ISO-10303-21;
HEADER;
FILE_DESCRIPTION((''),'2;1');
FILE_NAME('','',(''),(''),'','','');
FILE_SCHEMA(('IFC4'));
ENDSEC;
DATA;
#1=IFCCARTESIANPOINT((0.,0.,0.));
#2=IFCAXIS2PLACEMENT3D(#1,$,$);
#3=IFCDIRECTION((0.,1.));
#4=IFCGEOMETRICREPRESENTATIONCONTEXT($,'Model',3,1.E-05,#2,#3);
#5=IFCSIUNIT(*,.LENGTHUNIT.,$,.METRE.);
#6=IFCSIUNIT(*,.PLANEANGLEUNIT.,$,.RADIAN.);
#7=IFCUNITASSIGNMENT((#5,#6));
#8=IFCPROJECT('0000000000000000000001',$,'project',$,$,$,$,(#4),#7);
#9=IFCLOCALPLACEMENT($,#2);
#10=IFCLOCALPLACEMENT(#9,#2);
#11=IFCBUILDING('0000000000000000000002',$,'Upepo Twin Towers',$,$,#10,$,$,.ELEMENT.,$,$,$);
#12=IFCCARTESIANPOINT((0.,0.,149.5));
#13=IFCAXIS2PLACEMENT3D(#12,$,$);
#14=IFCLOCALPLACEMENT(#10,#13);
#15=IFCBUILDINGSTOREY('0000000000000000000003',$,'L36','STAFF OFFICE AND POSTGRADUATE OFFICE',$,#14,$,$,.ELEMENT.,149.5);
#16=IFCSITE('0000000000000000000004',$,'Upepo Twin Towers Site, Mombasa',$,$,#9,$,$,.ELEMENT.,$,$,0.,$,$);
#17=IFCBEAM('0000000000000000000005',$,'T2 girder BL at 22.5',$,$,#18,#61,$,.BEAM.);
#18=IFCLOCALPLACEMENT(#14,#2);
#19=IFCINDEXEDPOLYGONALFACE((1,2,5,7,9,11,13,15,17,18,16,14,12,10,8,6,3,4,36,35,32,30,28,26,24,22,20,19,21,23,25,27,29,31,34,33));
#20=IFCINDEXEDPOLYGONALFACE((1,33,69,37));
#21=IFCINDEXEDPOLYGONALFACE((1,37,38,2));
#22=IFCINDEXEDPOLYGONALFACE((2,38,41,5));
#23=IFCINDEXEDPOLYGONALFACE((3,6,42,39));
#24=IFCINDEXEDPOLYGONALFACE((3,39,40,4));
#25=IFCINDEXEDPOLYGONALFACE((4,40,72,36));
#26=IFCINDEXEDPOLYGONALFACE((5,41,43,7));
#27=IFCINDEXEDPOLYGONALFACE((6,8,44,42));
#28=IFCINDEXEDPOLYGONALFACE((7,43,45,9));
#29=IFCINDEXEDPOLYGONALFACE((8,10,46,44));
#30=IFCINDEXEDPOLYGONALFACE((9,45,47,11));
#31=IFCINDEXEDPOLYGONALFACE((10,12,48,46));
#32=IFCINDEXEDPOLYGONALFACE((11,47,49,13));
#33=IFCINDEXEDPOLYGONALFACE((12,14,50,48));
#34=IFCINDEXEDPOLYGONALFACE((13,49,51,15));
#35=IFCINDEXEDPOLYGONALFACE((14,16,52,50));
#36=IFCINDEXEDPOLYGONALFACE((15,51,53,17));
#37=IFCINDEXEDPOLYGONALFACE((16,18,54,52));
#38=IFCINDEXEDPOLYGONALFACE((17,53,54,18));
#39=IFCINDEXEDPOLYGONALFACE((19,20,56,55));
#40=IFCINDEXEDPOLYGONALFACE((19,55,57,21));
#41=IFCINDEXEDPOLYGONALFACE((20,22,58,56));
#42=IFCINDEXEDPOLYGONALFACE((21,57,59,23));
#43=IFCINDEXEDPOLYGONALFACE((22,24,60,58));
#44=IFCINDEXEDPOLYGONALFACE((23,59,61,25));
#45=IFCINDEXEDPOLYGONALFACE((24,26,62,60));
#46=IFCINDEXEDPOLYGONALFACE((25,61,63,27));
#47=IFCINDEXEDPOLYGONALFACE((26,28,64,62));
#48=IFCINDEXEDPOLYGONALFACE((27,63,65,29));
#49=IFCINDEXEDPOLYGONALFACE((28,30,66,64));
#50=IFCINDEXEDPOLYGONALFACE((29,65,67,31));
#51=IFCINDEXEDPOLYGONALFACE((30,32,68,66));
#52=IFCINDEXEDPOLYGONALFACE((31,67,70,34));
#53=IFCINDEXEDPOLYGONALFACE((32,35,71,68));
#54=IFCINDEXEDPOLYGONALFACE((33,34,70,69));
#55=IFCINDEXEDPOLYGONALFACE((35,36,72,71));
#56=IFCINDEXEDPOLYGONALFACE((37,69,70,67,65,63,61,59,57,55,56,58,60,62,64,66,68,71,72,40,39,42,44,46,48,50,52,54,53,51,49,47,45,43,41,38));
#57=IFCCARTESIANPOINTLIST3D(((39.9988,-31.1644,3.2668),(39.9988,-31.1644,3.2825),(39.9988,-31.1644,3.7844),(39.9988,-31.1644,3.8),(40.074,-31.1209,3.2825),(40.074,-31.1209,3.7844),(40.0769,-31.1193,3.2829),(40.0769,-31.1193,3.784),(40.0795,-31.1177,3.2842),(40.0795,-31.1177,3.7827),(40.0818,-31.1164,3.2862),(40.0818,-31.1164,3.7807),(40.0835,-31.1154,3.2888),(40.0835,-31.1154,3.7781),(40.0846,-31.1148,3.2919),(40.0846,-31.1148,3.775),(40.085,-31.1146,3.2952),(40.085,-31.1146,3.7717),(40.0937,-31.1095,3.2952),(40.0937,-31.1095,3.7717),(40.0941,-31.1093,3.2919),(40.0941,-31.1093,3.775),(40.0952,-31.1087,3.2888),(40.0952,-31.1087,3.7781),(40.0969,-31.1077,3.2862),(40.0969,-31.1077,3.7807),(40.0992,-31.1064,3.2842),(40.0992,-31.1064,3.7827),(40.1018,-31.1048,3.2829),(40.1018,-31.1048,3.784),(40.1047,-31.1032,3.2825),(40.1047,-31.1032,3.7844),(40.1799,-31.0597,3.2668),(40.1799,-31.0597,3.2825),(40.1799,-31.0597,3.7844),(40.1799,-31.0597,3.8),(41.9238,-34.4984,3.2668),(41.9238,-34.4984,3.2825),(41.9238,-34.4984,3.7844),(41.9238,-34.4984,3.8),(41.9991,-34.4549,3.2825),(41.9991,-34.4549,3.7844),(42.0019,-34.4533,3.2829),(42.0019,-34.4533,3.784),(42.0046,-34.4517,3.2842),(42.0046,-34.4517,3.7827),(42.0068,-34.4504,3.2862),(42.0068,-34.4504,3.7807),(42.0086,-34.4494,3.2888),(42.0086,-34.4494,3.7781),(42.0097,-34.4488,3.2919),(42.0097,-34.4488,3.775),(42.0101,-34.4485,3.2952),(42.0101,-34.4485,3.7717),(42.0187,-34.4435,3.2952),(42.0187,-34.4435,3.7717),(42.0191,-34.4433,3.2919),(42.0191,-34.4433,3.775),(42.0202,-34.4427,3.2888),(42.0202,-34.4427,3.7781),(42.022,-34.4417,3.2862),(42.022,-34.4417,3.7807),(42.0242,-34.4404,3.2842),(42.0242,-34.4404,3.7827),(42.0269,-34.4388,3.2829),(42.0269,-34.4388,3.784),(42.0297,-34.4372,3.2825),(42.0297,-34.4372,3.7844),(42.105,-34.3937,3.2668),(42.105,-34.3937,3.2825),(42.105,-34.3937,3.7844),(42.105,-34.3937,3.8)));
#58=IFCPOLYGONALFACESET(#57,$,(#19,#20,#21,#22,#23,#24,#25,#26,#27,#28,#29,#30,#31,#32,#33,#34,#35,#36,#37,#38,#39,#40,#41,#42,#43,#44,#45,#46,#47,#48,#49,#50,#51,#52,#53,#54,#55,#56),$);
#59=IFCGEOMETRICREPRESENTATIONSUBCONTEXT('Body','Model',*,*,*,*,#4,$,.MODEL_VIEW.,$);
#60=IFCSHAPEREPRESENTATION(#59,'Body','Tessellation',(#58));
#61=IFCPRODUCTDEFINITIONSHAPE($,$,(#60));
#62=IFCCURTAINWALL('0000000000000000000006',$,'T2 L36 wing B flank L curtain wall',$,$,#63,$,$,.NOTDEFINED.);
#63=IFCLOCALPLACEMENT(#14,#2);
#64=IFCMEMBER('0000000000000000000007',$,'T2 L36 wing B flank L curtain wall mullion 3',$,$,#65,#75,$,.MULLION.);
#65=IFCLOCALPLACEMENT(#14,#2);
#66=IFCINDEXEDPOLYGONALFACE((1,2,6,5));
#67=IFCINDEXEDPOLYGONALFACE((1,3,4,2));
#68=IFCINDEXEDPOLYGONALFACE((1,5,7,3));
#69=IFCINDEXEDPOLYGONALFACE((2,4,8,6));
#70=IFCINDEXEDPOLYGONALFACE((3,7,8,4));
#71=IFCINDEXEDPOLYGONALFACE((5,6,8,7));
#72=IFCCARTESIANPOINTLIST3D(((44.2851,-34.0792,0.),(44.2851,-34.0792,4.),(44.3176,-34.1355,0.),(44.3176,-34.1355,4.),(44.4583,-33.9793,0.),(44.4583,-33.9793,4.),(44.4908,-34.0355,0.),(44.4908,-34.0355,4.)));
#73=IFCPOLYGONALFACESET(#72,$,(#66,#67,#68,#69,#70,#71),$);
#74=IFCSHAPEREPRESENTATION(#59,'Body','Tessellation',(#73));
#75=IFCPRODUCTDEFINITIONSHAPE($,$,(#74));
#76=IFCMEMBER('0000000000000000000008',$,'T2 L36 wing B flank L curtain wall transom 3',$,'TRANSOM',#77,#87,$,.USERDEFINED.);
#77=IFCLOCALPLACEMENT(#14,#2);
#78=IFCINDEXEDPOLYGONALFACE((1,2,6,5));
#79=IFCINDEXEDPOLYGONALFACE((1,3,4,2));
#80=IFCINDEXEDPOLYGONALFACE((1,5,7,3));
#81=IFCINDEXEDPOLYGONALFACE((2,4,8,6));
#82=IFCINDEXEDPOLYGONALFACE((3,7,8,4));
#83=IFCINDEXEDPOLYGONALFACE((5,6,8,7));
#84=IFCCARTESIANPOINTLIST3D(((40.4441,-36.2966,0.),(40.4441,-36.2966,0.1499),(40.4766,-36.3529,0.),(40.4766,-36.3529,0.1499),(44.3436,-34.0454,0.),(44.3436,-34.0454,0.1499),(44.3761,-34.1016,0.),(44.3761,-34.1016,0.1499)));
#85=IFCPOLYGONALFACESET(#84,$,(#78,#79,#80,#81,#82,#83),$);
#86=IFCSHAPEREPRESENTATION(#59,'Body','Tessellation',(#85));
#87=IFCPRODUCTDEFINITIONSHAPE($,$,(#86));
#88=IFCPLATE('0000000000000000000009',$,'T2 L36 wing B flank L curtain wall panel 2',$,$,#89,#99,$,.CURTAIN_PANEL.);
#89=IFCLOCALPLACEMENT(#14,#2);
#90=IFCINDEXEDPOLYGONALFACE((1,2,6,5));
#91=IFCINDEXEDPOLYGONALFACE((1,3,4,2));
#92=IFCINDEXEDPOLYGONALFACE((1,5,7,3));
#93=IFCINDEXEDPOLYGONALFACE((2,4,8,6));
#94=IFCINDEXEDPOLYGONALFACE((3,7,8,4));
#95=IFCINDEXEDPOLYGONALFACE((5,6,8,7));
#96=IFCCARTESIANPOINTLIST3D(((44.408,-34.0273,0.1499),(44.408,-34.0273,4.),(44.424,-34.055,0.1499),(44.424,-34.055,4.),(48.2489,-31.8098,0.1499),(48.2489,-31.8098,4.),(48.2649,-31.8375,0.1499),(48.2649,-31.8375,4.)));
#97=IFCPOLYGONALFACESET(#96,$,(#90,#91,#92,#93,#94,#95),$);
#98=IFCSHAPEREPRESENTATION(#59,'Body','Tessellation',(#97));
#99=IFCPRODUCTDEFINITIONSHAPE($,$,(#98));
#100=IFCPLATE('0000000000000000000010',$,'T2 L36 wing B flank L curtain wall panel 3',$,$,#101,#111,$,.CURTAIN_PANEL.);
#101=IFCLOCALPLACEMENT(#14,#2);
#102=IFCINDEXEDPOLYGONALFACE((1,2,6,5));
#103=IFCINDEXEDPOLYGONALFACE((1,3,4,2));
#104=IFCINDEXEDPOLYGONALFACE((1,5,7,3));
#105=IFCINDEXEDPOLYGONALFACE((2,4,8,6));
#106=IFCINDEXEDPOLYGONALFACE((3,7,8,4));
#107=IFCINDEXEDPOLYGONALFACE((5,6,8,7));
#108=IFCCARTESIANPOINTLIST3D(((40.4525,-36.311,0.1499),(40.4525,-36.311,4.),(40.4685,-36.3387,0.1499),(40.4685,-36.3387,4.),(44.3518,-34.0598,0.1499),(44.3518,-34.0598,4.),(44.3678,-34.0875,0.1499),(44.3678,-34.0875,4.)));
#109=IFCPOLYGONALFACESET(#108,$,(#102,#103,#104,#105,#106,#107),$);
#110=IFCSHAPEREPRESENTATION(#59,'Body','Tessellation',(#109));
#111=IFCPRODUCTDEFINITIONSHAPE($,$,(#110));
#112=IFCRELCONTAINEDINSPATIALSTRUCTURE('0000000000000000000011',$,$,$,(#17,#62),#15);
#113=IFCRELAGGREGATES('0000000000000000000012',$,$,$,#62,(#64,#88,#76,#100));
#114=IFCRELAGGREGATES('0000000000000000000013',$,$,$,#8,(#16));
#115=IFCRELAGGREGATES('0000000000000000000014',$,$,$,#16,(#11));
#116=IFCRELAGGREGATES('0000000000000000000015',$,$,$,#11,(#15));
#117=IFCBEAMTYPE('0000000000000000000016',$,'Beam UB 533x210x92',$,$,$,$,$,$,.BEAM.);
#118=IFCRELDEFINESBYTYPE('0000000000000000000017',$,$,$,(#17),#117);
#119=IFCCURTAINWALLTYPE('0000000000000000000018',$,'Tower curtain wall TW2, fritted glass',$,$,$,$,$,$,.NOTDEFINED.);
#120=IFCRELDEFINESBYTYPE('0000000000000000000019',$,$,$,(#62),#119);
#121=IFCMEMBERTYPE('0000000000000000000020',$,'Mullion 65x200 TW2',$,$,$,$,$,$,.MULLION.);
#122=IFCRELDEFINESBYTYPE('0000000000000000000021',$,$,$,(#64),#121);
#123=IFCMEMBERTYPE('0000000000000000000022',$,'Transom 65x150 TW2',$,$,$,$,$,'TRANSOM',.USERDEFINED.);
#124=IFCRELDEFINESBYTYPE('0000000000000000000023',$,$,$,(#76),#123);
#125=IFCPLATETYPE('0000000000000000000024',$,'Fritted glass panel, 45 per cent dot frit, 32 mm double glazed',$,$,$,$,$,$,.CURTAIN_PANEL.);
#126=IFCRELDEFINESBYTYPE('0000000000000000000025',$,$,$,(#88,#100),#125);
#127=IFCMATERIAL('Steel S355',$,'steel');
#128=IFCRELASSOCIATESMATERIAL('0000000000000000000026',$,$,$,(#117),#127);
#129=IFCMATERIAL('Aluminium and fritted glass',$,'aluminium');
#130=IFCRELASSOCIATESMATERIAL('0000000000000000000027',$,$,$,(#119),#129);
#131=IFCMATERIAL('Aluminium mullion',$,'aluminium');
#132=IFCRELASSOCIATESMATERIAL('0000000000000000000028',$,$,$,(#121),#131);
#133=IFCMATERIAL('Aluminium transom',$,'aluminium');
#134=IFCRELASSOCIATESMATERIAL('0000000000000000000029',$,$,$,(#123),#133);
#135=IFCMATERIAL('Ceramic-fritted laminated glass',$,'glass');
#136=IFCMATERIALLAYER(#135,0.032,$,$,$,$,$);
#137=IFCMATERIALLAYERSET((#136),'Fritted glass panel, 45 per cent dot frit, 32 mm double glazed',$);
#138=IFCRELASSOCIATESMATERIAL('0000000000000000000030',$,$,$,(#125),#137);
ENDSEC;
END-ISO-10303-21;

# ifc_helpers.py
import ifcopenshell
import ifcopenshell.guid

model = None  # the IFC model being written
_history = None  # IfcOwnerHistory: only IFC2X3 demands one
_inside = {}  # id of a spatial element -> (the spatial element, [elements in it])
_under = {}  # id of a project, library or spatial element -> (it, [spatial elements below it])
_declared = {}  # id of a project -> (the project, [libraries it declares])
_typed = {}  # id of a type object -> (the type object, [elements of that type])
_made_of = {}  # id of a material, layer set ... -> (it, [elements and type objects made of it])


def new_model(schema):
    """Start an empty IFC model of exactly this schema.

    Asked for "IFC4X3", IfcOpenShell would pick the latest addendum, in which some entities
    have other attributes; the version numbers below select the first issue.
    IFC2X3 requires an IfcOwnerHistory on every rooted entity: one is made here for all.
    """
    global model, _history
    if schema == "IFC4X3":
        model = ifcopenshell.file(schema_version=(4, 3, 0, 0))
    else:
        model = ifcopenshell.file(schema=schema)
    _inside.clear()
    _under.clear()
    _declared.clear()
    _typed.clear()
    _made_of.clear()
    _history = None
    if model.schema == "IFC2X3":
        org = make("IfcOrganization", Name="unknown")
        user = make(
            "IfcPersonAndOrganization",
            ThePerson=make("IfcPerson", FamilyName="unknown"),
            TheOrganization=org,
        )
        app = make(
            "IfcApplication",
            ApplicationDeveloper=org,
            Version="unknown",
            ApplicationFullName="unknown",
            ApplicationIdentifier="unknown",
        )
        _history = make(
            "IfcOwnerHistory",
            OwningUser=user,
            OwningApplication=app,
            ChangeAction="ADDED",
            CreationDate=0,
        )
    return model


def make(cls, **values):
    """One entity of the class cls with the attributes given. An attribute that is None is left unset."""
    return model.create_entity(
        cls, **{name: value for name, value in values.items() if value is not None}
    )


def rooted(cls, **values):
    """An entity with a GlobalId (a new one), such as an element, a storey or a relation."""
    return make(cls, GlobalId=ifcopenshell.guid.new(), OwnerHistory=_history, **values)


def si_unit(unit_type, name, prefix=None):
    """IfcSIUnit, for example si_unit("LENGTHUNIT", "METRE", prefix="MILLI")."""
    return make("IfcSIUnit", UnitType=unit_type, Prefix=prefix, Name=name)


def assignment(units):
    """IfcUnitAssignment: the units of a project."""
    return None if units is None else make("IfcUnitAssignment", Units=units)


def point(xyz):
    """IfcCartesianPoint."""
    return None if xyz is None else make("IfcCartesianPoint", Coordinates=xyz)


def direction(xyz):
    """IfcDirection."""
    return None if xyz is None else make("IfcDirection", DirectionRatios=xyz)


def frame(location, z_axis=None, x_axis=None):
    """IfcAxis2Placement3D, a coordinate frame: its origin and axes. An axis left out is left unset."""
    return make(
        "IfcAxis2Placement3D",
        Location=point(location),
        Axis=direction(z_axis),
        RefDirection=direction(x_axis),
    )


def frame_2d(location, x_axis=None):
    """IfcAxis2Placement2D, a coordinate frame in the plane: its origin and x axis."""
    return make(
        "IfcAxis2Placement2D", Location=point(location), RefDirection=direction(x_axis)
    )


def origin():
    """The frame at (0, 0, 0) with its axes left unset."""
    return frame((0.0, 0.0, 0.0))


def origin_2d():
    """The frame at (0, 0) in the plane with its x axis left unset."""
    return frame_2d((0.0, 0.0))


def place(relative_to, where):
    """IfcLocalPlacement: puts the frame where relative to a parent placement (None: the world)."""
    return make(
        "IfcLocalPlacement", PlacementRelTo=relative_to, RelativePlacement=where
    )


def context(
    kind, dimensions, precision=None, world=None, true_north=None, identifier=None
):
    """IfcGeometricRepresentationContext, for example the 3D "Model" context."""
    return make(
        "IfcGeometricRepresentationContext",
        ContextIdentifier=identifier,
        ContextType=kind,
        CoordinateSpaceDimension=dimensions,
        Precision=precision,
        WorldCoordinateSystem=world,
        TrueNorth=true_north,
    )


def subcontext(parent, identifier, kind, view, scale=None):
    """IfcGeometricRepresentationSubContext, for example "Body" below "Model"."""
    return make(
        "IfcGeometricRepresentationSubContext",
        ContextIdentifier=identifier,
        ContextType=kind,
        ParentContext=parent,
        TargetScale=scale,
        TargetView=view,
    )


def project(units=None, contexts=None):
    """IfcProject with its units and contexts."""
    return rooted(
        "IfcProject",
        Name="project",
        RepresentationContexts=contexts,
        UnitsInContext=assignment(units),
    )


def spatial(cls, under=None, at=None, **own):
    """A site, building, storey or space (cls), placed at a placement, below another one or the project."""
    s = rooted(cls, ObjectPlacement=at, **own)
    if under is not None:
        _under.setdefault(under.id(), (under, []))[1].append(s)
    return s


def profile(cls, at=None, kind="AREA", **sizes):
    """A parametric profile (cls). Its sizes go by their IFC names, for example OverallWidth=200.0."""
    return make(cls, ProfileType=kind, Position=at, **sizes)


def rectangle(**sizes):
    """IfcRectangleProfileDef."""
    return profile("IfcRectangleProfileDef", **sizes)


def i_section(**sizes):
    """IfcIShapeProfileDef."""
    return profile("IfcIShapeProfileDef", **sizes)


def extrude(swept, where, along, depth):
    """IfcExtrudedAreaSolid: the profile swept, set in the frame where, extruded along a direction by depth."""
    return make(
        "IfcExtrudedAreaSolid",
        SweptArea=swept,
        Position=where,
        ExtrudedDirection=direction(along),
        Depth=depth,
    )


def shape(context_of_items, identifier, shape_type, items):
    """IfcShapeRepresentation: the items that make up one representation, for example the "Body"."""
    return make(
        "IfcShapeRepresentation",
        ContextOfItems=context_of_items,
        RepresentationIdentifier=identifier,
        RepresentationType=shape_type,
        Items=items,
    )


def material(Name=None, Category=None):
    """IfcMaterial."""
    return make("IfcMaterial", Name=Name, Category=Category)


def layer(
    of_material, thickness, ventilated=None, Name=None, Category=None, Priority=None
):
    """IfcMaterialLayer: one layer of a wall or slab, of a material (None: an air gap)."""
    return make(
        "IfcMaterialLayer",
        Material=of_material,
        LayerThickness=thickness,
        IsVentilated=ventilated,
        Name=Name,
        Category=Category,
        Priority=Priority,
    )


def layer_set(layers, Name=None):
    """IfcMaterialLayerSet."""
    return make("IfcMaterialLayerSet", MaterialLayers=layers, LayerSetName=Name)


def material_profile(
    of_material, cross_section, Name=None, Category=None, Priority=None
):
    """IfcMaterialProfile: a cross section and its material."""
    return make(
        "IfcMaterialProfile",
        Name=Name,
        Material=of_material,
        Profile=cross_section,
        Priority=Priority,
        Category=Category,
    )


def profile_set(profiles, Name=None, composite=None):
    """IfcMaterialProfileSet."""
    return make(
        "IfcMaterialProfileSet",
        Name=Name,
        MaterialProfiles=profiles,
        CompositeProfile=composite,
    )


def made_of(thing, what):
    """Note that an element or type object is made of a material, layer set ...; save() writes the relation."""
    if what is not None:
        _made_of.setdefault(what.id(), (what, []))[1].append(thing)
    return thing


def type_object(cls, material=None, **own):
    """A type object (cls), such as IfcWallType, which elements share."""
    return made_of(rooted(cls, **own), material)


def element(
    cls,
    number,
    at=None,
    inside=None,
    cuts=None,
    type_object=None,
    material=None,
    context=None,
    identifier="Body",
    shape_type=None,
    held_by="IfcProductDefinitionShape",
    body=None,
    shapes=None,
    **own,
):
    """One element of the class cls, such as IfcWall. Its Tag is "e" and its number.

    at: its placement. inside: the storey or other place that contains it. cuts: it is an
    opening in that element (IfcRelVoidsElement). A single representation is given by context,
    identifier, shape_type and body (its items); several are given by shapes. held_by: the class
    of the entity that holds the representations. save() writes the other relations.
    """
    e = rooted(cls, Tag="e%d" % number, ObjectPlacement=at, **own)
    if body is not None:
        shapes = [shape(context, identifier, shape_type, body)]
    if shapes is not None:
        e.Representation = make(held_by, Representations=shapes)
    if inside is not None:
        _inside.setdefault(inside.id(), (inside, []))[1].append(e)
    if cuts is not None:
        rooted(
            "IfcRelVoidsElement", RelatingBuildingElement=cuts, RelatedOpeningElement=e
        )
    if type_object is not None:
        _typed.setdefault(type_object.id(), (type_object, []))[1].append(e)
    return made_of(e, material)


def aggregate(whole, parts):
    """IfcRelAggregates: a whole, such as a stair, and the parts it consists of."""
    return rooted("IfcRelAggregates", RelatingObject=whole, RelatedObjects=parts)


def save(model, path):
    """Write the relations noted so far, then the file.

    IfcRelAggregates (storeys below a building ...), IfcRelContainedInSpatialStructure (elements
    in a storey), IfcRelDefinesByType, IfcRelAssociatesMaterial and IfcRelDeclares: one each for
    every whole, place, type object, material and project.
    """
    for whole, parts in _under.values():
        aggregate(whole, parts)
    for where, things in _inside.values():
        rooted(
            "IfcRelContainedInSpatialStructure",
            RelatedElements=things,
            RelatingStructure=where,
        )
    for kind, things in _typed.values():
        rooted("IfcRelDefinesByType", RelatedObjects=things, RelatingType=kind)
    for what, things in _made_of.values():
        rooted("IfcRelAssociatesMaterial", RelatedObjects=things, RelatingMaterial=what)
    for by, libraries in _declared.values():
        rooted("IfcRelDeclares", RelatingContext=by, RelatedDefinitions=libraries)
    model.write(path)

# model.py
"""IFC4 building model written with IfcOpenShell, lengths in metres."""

from ifc_helpers import new_model, si_unit, direction, frame, origin, origin_2d, place, context, subcontext, project, spatial, rectangle, i_section, extrude, material, layer, layer_set, material_profile, profile_set, type_object, element, aggregate, save


model = new_model("IFC4")

# Units and contexts
model_context = context("Model", 3, precision=1e-05, world=origin(), true_north=direction((0.0, 1.0)))
body_context = subcontext(model_context, "Body", "Model", "MODEL_VIEW")
ifc_project = project(units=[si_unit("LENGTHUNIT", "METRE"), si_unit("PLANEANGLEUNIT", "RADIAN")], contexts=[model_context])

# Site, building, storey
site_placement = place(None, origin())
site = spatial("IfcSite", under=ifc_project, at=site_placement, Name="Upepo Twin Towers Site, Mombasa", CompositionType="ELEMENT", RefElevation=0.0)
building_placement = place(site_placement, origin())
building = spatial("IfcBuilding", under=site, at=building_placement, Name="Upepo Twin Towers", CompositionType="ELEMENT")
storey_placement = place(building_placement, frame((0.0, 0.0, 149.5)))
storey = spatial("IfcBuildingStorey", under=building, at=storey_placement, Name="L36", Description="STAFF OFFICE AND POSTGRADUATE OFFICE", CompositionType="ELEMENT", Elevation=149.5)

# Beam
ifc_material_1 = material(Name="Steel S355", Category="steel")
ifc_material_profile_1 = material_profile(ifc_material_1, i_section(OverallWidth=0.2092, OverallDepth=0.5332, WebThickness=0.01, FlangeThickness=0.0156, FilletRadius=0.0127, at=origin_2d()), Name="UB 533x210x92")
ifc_profile_set_1 = profile_set([ifc_material_profile_1], Name="Steel S355")
beam_type_1 = type_object("IfcBeamType", Name="Beam UB 533x210x92", PredefinedType="BEAM", material=ifc_profile_set_1)
for number, where, z_axis, x_axis, name in (
    (1, (42.0144, -34.446, 3.5334), (-0.500034, 0.866006, 0.0), (-0.866006, -0.500034, 0.0), "T2 girder BL at 22.5"),
):
    element("IfcBeam", number, at=place(storey_placement, frame(where, z_axis=z_axis, x_axis=x_axis)), inside=storey, type_object=beam_type_1, Name=name, PredefinedType="BEAM", context=body_context, shape_type="SweptSolid", body=[
        extrude(i_section(OverallWidth=0.2092, OverallDepth=0.5332, WebThickness=0.01, FlangeThickness=0.0156, FilletRadius=0.0127, at=origin_2d()), origin(), (0.0, 0.0, 1.0), 3.8499),
    ])

# Curtain wall, members, plates
ifc_material_2 = material(Name="Aluminium and fritted glass", Category="aluminium")
curtain_wall_type = type_object("IfcCurtainWallType", Name="Tower curtain wall TW2, fritted glass", PredefinedType="NOTDEFINED", material=ifc_material_2)
curtain_wall_placement = place(storey_placement, origin())
curtain_wall = element("IfcCurtainWall", 2, at=curtain_wall_placement, inside=storey, type_object=curtain_wall_type, Name="T2 L36 wing B flank L curtain wall", PredefinedType="NOTDEFINED")
ifc_material_3 = material(Name="Aluminium mullion", Category="aluminium")
ifc_material_profile_2 = material_profile(ifc_material_3, rectangle(XDim=0.0649, YDim=0.2, at=origin_2d()), Name="MULLION 65x200")
ifc_profile_set_2 = profile_set([ifc_material_profile_2], Name="Aluminium mullion")
member_type_1 = type_object("IfcMemberType", Name="Mullion 65x200 TW2", PredefinedType="MULLION", material=ifc_profile_set_2)
member_1_placement = place(storey_placement, frame((44.3879, -34.0574, 0.0), z_axis=(0.0, 0.0, 1.0), x_axis=(0.5, -0.866025, 0.0)))
member_1 = element("IfcMember", 3, at=member_1_placement, type_object=member_type_1, Name="T2 L36 wing B flank L curtain wall mullion 3", PredefinedType="MULLION", context=body_context, shape_type="SweptSolid", body=[
    extrude(rectangle(XDim=0.0649, YDim=0.2, at=origin_2d()), origin(), (0.0, 0.0, 1.0), 4.0),
])
ifc_material_4 = material(Name="Aluminium transom", Category="aluminium")
ifc_material_profile_3 = material_profile(ifc_material_4, rectangle(XDim=0.0649, YDim=0.1499, at=origin_2d()), Name="TRANSOM 65x150")
ifc_profile_set_3 = profile_set([ifc_material_profile_3], Name="Aluminium transom")
member_type_2 = type_object("IfcMemberType", Name="Transom 65x150 TW2", ElementType="TRANSOM", PredefinedType="USERDEFINED", material=ifc_profile_set_3)
member_2_placement = place(storey_placement, frame((44.3599, -34.0735, 0.075), z_axis=(-0.866036, -0.499982, 0.0), x_axis=(0.499982, -0.866036, 0.0)))
member_2 = element("IfcMember", 4, at=member_2_placement, type_object=member_type_2, Name="T2 L36 wing B flank L curtain wall transom 3", ObjectType="TRANSOM", PredefinedType="USERDEFINED", context=body_context, shape_type="SweptSolid", body=[
    extrude(rectangle(XDim=0.0649, YDim=0.1499, at=origin_2d()), origin(), (0.0, 0.0, 1.0), 4.5027),
])
ifc_material_5 = material(Name="Ceramic-fritted laminated glass", Category="glass")
ifc_layer_1 = layer(ifc_material_5, 0.032)
ifc_layer_set_1 = layer_set([ifc_layer_1], Name="Fritted glass panel, 45 per cent dot frit, 32 mm double glazed")
plate_type = type_object("IfcPlateType", Name="Fritted glass panel, 45 per cent dot frit, 32 mm double glazed", PredefinedType="CURTAIN_PANEL", material=ifc_layer_set_1)
plate_1_placement = place(storey_placement, frame((46.3364, -32.9324, 0.1499), z_axis=(0.0, 0.0, 1.0), x_axis=(-0.866025, -0.5, 0.0)))
plate_1 = element("IfcPlate", 5, at=plate_1_placement, type_object=plate_type, Name="T2 L36 wing B flank L curtain wall panel 2", PredefinedType="CURTAIN_PANEL", context=body_context, shape_type="SweptSolid", body=[
    extrude(rectangle(XDim=4.4351, YDim=0.032, at=origin_2d()), origin(), (0.0, 0.0, 1.0), 3.8501),
])
plate_2_placement = place(storey_placement, frame((42.4102, -35.1992, 0.1499), z_axis=(0.0, 0.0, 1.0), x_axis=(-0.866025, -0.5, 0.0)))
plate_2 = element("IfcPlate", 6, at=plate_2_placement, type_object=plate_type, Name="T2 L36 wing B flank L curtain wall panel 3", PredefinedType="CURTAIN_PANEL", context=body_context, shape_type="SweptSolid", body=[
    extrude(rectangle(XDim=4.5024, YDim=0.032, at=origin_2d()), origin(), (0.0, 0.0, 1.0), 3.8501),
])
aggregate(curtain_wall, [member_1, plate_1, member_2, plate_2])

save(model, "model.ifc")
